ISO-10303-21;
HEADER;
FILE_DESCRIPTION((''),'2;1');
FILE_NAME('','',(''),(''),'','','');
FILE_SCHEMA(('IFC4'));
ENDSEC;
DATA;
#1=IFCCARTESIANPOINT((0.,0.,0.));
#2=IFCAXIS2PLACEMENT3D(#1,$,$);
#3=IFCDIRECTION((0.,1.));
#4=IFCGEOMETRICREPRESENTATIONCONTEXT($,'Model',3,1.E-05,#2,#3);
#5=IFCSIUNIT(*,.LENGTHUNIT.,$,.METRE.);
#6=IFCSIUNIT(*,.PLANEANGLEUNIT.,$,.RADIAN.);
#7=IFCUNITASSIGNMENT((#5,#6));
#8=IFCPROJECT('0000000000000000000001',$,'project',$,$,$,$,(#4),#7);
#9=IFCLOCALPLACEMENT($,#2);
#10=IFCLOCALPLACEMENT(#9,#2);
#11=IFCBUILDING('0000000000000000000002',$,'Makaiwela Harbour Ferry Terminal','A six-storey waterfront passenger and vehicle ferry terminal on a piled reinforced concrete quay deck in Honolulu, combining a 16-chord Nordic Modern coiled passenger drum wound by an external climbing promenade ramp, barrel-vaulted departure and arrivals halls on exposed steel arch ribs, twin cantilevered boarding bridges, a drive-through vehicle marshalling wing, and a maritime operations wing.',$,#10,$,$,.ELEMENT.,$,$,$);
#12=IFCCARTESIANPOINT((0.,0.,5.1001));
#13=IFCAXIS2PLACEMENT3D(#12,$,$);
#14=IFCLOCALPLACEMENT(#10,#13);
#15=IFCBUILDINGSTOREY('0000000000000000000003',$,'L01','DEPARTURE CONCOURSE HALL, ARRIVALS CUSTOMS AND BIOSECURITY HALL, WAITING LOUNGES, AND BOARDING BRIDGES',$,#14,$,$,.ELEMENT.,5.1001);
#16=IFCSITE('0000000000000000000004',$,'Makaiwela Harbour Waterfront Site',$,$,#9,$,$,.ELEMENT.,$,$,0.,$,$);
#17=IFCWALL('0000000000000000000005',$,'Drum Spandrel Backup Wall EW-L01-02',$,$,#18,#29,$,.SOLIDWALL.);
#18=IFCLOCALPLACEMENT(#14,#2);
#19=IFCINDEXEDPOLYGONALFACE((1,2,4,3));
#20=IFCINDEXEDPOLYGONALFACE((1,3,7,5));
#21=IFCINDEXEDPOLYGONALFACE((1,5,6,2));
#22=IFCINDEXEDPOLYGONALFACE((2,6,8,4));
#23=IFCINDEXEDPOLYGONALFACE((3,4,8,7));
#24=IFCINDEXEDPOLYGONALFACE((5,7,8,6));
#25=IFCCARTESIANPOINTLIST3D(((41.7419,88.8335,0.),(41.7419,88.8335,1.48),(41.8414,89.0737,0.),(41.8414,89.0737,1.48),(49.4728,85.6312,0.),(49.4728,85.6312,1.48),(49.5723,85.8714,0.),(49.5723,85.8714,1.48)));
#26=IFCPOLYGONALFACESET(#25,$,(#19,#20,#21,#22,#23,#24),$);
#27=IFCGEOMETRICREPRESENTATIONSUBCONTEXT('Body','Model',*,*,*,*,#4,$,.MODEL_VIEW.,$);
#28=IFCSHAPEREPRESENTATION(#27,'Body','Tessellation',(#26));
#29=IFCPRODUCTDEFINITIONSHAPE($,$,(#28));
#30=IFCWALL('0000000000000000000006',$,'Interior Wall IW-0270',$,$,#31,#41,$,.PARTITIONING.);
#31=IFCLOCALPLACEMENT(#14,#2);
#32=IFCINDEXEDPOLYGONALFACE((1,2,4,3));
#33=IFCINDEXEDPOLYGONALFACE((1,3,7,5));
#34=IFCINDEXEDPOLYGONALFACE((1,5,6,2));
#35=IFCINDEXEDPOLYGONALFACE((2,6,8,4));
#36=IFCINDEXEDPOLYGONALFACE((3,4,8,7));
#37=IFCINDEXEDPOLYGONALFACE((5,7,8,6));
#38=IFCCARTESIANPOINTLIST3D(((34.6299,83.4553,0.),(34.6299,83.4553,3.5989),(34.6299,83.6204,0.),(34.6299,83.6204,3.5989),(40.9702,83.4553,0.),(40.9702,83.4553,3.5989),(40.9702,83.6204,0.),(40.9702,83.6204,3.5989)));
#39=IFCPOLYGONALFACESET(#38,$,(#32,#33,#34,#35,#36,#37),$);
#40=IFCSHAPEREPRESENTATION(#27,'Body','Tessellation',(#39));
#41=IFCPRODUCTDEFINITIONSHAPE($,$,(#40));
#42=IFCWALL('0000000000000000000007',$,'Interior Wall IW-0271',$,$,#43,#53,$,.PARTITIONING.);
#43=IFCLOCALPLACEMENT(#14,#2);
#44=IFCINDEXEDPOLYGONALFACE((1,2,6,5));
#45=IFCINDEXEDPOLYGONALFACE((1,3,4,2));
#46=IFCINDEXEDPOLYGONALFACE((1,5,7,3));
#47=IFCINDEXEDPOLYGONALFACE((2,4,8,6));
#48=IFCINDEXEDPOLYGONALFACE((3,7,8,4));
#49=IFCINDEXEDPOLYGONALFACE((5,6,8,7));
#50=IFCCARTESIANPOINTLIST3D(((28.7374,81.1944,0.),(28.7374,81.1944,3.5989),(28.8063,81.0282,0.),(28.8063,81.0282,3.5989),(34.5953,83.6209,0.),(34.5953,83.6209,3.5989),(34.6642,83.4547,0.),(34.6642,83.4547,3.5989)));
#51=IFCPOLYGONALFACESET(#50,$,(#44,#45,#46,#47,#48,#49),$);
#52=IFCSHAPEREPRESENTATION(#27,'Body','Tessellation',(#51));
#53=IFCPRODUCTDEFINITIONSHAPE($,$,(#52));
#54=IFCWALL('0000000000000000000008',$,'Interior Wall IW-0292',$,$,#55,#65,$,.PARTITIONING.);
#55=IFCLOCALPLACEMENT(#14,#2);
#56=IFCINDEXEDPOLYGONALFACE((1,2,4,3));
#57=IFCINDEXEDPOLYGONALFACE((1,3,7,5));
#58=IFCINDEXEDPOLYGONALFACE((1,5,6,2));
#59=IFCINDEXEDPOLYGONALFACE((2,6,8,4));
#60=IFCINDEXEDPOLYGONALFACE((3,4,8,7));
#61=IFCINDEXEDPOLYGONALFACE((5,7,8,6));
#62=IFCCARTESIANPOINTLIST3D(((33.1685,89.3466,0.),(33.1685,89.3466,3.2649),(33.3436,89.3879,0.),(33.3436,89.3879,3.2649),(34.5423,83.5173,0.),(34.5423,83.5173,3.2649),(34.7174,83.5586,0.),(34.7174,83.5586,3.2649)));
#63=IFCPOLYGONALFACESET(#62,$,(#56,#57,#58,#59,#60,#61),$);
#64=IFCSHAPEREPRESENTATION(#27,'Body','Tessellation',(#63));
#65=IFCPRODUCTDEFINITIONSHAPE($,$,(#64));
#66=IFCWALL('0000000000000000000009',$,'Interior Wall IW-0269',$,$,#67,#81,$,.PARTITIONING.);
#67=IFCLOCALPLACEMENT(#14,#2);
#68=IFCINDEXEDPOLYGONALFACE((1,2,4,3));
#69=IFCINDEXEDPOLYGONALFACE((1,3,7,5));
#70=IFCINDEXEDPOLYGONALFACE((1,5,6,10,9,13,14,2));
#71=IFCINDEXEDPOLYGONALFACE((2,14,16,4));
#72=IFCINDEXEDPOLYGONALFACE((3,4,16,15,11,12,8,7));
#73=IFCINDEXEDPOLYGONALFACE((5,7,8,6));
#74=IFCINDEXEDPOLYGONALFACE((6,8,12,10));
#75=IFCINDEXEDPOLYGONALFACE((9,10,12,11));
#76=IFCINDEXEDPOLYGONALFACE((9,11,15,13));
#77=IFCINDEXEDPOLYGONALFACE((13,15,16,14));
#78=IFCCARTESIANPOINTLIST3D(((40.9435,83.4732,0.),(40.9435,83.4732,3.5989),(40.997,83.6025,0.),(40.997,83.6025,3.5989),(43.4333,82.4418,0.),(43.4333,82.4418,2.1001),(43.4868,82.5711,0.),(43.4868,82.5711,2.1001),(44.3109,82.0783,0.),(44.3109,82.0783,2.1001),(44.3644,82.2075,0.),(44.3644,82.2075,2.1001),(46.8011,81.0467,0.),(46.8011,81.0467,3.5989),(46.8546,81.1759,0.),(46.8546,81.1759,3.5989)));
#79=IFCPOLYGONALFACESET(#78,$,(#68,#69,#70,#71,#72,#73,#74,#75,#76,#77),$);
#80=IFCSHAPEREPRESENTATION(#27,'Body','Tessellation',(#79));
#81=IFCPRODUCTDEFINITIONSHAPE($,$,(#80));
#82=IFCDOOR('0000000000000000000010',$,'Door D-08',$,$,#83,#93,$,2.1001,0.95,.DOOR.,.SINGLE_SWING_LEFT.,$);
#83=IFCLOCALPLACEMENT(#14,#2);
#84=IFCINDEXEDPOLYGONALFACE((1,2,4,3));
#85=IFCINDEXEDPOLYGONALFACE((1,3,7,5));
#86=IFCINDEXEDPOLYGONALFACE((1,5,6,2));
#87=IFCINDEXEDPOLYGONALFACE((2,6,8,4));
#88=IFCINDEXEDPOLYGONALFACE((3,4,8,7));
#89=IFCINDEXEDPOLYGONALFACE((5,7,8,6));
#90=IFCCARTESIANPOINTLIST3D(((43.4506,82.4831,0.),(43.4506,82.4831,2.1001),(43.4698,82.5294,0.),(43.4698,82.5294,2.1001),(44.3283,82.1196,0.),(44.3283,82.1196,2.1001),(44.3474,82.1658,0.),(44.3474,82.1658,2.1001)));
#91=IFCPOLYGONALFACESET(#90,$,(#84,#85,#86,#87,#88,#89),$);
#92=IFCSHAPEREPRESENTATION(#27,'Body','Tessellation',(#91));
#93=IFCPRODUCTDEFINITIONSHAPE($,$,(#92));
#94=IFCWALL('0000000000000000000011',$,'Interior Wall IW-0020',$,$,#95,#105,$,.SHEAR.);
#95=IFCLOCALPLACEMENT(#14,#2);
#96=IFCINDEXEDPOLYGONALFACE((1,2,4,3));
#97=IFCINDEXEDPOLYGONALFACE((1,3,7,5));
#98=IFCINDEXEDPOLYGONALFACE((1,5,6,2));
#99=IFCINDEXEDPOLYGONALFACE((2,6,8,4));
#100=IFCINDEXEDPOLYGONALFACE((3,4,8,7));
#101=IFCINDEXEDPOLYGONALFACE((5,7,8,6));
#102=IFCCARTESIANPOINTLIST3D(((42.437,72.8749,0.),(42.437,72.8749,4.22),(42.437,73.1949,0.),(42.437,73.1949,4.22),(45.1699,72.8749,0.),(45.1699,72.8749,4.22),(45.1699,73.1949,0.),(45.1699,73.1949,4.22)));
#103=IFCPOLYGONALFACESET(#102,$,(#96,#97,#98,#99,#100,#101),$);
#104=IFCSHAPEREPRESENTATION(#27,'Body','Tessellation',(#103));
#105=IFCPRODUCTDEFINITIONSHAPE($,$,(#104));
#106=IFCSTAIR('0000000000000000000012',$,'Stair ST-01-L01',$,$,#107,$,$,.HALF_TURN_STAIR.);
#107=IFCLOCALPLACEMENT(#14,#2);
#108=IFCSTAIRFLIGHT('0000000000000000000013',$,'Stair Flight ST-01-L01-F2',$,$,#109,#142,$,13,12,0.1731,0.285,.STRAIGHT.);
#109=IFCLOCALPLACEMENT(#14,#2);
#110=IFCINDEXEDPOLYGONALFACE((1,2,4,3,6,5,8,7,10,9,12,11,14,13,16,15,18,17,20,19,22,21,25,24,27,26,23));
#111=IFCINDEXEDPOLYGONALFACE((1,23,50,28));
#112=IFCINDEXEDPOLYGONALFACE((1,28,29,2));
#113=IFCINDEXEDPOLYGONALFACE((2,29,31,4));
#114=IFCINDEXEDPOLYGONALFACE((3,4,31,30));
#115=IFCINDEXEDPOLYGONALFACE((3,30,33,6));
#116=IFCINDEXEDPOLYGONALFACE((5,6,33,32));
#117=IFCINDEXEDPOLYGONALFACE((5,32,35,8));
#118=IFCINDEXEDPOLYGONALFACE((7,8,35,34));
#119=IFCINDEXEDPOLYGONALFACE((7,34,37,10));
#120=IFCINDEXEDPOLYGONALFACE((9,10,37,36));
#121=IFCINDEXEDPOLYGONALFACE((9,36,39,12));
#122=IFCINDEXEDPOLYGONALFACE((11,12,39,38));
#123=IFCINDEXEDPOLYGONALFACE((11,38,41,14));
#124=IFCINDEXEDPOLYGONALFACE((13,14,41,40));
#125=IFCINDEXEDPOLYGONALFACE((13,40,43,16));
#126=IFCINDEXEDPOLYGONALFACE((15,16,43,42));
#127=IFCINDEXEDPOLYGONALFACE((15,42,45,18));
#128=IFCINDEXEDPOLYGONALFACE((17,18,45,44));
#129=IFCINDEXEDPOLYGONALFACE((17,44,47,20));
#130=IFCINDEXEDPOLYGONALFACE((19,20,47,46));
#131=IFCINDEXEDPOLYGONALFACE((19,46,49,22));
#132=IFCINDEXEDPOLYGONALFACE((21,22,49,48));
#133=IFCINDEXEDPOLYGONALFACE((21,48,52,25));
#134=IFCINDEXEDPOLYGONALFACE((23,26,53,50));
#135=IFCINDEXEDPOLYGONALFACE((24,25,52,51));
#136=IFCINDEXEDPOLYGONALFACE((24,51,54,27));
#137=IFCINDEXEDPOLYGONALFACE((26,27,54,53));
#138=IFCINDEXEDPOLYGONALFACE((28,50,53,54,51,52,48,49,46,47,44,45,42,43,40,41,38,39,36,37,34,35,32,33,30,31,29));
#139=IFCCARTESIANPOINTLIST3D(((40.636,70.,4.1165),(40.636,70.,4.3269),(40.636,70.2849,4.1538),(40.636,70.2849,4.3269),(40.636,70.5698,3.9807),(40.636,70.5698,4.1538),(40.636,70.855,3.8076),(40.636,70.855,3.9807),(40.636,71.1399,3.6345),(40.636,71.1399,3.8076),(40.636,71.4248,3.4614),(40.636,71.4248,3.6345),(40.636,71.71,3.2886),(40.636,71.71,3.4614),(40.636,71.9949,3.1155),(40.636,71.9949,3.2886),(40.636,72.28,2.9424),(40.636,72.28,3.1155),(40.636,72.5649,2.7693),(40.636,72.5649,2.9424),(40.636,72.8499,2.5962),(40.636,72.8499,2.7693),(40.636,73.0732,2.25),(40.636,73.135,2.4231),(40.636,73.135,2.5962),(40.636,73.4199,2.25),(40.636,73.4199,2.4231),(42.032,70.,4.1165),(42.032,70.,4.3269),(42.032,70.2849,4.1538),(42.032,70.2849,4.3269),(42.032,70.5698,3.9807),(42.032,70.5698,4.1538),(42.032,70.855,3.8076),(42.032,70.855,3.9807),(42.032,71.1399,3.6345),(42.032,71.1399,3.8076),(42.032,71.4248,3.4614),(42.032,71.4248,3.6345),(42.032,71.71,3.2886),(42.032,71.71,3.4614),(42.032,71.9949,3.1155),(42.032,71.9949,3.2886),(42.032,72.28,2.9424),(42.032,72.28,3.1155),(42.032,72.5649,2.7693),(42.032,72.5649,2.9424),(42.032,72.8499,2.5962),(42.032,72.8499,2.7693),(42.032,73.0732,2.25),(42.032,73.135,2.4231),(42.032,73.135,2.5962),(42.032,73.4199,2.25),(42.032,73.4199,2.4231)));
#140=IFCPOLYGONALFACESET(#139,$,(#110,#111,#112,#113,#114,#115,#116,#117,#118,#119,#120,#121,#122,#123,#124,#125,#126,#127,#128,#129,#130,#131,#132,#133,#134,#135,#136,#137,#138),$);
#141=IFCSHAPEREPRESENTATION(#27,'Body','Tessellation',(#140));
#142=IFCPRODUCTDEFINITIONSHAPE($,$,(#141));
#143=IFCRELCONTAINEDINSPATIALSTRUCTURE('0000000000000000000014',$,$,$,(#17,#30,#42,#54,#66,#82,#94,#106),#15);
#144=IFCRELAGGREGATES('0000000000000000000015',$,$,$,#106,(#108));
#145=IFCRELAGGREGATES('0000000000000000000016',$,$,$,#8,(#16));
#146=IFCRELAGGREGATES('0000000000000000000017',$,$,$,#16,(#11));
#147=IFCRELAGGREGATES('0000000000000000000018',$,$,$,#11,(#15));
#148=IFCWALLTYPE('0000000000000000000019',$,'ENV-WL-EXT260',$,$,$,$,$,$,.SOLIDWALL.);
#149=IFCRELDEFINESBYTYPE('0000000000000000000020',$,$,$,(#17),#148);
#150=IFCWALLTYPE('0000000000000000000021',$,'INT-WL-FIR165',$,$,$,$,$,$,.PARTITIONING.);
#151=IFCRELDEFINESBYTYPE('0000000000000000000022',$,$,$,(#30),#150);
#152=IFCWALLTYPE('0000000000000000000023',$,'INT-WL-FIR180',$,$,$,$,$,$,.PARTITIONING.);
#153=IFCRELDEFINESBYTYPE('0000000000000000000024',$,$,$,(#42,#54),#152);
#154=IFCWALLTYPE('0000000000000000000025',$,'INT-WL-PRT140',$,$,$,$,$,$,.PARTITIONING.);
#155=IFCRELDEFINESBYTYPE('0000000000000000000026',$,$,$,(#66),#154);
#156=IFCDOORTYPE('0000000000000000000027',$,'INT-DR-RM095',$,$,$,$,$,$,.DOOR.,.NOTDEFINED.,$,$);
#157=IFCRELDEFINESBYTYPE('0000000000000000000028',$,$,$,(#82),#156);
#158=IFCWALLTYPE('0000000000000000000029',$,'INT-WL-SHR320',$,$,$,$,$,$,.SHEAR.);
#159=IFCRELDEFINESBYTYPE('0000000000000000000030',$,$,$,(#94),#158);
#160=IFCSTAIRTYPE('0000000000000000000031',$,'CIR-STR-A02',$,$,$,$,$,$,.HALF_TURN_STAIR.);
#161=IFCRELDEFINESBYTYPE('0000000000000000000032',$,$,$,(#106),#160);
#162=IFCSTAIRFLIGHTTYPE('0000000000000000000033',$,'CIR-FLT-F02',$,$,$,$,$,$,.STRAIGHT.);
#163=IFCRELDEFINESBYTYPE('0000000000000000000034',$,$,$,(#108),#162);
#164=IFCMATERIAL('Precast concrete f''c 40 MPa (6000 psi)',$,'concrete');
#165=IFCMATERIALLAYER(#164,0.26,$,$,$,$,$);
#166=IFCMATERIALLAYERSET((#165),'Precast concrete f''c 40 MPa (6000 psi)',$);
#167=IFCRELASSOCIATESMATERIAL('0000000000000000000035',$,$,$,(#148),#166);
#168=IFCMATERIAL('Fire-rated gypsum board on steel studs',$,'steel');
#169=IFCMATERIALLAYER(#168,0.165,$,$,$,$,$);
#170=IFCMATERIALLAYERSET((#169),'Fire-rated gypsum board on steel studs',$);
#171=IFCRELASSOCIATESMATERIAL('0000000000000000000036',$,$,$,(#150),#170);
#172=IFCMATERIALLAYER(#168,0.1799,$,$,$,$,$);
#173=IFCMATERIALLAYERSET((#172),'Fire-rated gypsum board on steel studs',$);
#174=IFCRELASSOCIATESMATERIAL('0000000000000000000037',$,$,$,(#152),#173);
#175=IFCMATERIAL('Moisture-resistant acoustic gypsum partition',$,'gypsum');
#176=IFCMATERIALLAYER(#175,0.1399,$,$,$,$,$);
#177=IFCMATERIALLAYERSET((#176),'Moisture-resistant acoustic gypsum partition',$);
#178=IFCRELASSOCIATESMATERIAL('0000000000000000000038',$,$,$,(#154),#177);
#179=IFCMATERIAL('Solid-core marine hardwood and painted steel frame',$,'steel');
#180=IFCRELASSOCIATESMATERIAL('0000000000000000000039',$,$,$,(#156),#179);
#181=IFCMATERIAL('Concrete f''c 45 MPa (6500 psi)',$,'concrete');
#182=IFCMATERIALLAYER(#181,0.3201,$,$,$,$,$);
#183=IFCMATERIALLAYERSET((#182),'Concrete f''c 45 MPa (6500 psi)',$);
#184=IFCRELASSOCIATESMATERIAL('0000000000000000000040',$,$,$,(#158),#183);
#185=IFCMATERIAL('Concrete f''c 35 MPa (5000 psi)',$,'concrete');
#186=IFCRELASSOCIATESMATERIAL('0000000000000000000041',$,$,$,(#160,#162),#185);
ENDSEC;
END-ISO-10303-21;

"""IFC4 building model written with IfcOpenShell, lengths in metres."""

from ifc_helpers import new_model, si_unit, direction, frame, frame_2d, origin, place, context, subcontext, project, spatial, polyline, rectangle, outline, extrude, material, layer, layer_set, type_object, element, fill, aggregate, save


model = new_model("IFC4")

# Units and contexts
model_context = context("Model", 3, precision=1e-05, world=origin(), true_north=direction((0.0, 1.0)))
body_context = subcontext(model_context, "Body", "Model", "MODEL_VIEW")
ifc_project = project(units=[si_unit("LENGTHUNIT", "METRE"), si_unit("PLANEANGLEUNIT", "RADIAN")], contexts=[model_context])

# Site, building, storey
site_placement = place(None, origin())
site = spatial("IfcSite", under=ifc_project, at=site_placement, Name="Makaiwela Harbour Waterfront Site", CompositionType="ELEMENT", RefElevation=0.0)
building_placement = place(site_placement, origin())
building = spatial("IfcBuilding", under=site, at=building_placement, Name="Makaiwela Harbour Ferry Terminal", Description="A six-storey waterfront passenger and vehicle ferry terminal on a piled reinforced concrete quay deck in Honolulu, combining a 16-chord Nordic Modern coiled passenger drum wound by an external climbing promenade ramp, barrel-vaulted departure and arrivals halls on exposed steel arch ribs, twin cantilevered boarding bridges, a drive-through vehicle marshalling wing, and a maritime operations wing.", CompositionType="ELEMENT")
storey_placement = place(building_placement, frame((0.0, 0.0, 5.1001)))
storey = spatial("IfcBuildingStorey", under=building, at=storey_placement, Name="L01", Description="DEPARTURE CONCOURSE HALL, ARRIVALS CUSTOMS AND BIOSECURITY HALL, WAITING LOUNGES, AND BOARDING BRIDGES", CompositionType="ELEMENT", Elevation=5.1001)

# Walls
ifc_material_1 = material(Name="Precast concrete f'c 40 MPa (6000 psi)", Category="concrete")
ifc_layer_1 = layer(ifc_material_1, 0.26)
ifc_layer_set_1 = layer_set([ifc_layer_1], Name="Precast concrete f'c 40 MPa (6000 psi)")
wall_type_1 = type_object("IfcWallType", Name="ENV-WL-EXT260", PredefinedType="SOLIDWALL", material=ifc_layer_set_1)
wall_1_placement = place(storey_placement, frame((49.5227, 85.7512, 0.0), z_axis=(0.0, 0.0, 1.0), x_axis=(-0.923874, 0.382696, 0.0)))
element("IfcWall", 1, at=wall_1_placement, inside=storey, type_object=wall_type_1, Name="Drum Spandrel Backup Wall EW-L01-02", PredefinedType="SOLIDWALL", context=body_context, shape_type="SweptSolid", body=[
    extrude(rectangle(XDim=8.3679, YDim=0.26, at=frame_2d((4.1841, 0.0))), origin(), (0.0, 0.0, 1.0), 1.48),
])
ifc_material_2 = material(Name="Fire-rated gypsum board on steel studs", Category="steel")
ifc_layer_2 = layer(ifc_material_2, 0.165)
ifc_layer_set_2 = layer_set([ifc_layer_2], Name="Fire-rated gypsum board on steel studs")
wall_type_2 = type_object("IfcWallType", Name="INT-WL-FIR165", PredefinedType="PARTITIONING", material=ifc_layer_set_2)
wall_2_placement = place(storey_placement, frame((40.9702, 83.5378, 0.0), z_axis=(0.0, 0.0, 1.0), x_axis=(-1.0, 0.0, 0.0)))
element("IfcWall", 2, at=wall_2_placement, inside=storey, type_object=wall_type_2, Name="Interior Wall IW-0270", PredefinedType="PARTITIONING", context=body_context, shape_type="SweptSolid", body=[
    extrude(rectangle(XDim=6.3403, YDim=0.165, at=frame_2d((3.1702, 0.0))), origin(), (0.0, 0.0, 1.0), 3.5989),
])
ifc_layer_3 = layer(ifc_material_2, 0.1799)
ifc_layer_set_3 = layer_set([ifc_layer_3], Name="Fire-rated gypsum board on steel studs")
wall_type_3 = type_object("IfcWallType", Name="INT-WL-FIR180", PredefinedType="PARTITIONING", material=ifc_layer_set_3)
wall_3_placement = place(storey_placement, frame((34.6299, 83.5378, 0.0), z_axis=(0.0, 0.0, 1.0), x_axis=(-0.923875, -0.382695, 0.0)))
element("IfcWall", 3, at=wall_3_placement, inside=storey, type_object=wall_type_3, Name="Interior Wall IW-0271", PredefinedType="PARTITIONING", context=body_context, shape_type="SweptSolid", body=[
    extrude(rectangle(XDim=6.3406, YDim=0.1799, at=frame_2d((3.1704, 0.0))), origin(), (0.0, 0.0, 1.0), 3.5989),
])
wall_4_placement = place(storey_placement, frame((34.6299, 83.5378, 0.0), z_axis=(0.0, 0.0, 1.0), x_axis=(-0.229382, 0.973336, 0.0)))
element("IfcWall", 4, at=wall_4_placement, inside=storey, type_object=wall_type_3, Name="Interior Wall IW-0292", PredefinedType="PARTITIONING", context=body_context, shape_type="SweptSolid", body=[
    extrude(rectangle(XDim=5.989, YDim=0.1799, at=frame_2d((2.9946, 0.0))), origin(), (0.0, 0.0, 1.0), 3.2649),
])

# Wall, opening, door
ifc_material_3 = material(Name="Moisture-resistant acoustic gypsum partition", Category="gypsum")
ifc_layer_4 = layer(ifc_material_3, 0.1399)
ifc_layer_set_4 = layer_set([ifc_layer_4], Name="Moisture-resistant acoustic gypsum partition")
wall_type_4 = type_object("IfcWallType", Name="INT-WL-PRT140", PredefinedType="PARTITIONING", material=ifc_layer_set_4)
wall_5_placement = place(storey_placement, frame((46.8279, 81.1113, 0.0), z_axis=(0.0, 0.0, 1.0), x_axis=(-0.923869, 0.382709, 0.0)))
wall_5 = element("IfcWall", 5, at=wall_5_placement, inside=storey, type_object=wall_type_4, Name="Interior Wall IW-0269", PredefinedType="PARTITIONING", context=body_context, shape_type="SweptSolid", body=[
    extrude(rectangle(XDim=6.3403, YDim=0.1399, at=frame_2d((3.1702, 0.0))), origin(), (0.0, 0.0, 1.0), 3.5989),
])
opening_1_placement = place(wall_5_placement, frame((2.6953, 0.0, 0.0)))
opening_1 = element("IfcOpeningElement", 6, at=opening_1_placement, cuts=wall_5, PredefinedType="OPENING", context=body_context, shape_type="SweptSolid", body=[
    extrude(rectangle(XDim=0.95, YDim=2.1001, at=frame_2d((0.4751, 1.05))), frame((0.0, 0.0798, 0.0), z_axis=(0.0, -1.0, 0.0), x_axis=(1.0, 0.0, 0.0)), (0.0, 0.0, 1.0), 0.1599),
])
ifc_material_4 = material(Name="Solid-core marine hardwood and painted steel frame", Category="steel")
door_type_1 = type_object("IfcDoorType", Name="INT-DR-RM095", OperationType="NOTDEFINED", PredefinedType="DOOR", material=ifc_material_4)
door_1_placement = place(opening_1_placement, frame((0.95, 0.0, 0.0), z_axis=(0.0, 0.0, 1.0), x_axis=(-1.0, 0.0, 0.0)))
door_1 = element("IfcDoor", 7, at=door_1_placement, inside=storey, type_object=door_type_1, Name="Door D-08", OperationType="SINGLE_SWING_LEFT", OverallHeight=2.1001, OverallWidth=0.95, PredefinedType="DOOR", context=body_context, shape_type="SweptSolid", body=[
    extrude(rectangle(XDim=0.95, YDim=2.1001, at=frame_2d((0.4751, 1.05))), frame((0.0, 0.0249, 0.0), z_axis=(0.0, -1.0, 0.0), x_axis=(1.0, 0.0, 0.0)), (0.0, 0.0, 1.0), 0.05),
])
fill(opening_1, door_1)

# Wall
ifc_material_5 = material(Name="Concrete f'c 45 MPa (6500 psi)", Category="concrete")
ifc_layer_5 = layer(ifc_material_5, 0.3201)
ifc_layer_set_5 = layer_set([ifc_layer_5], Name="Concrete f'c 45 MPa (6500 psi)")
wall_type_5 = type_object("IfcWallType", Name="INT-WL-SHR320", PredefinedType="SHEAR", material=ifc_layer_set_5)
wall_6_placement = place(storey_placement, frame((42.437, 73.0349, 0.0), z_axis=(0.0, 0.0, 1.0), x_axis=(1.0, 0.0, 0.0)))
element("IfcWall", 8, at=wall_6_placement, inside=storey, type_object=wall_type_5, Name="Interior Wall IW-0020", PredefinedType="SHEAR", context=body_context, shape_type="SweptSolid", body=[
    extrude(rectangle(XDim=2.7329, YDim=0.3201, at=frame_2d((1.3665, 0.0))), origin(), (0.0, 0.0, 1.0), 4.22),
])

# Stair, stair flight
ifc_material_6 = material(Name="Concrete f'c 35 MPa (5000 psi)", Category="concrete")
stair_type = type_object("IfcStairType", Name="CIR-STR-A02", PredefinedType="HALF_TURN_STAIR", material=ifc_material_6)
stair_placement = place(storey_placement, origin())
stair = element("IfcStair", 9, at=stair_placement, inside=storey, type_object=stair_type, Name="Stair ST-01-L01", PredefinedType="HALF_TURN_STAIR")
stair_flight_type = type_object("IfcStairFlightType", Name="CIR-FLT-F02", PredefinedType="STRAIGHT", material=ifc_material_6)
stair_flight_placement = place(storey_placement, frame((41.334, 73.4199, 2.25), z_axis=(0.0, 0.0, 1.0), x_axis=(0.0, -1.0, 0.0)))
stair_flight = element("IfcStairFlight", 10, at=stair_flight_placement, type_object=stair_flight_type, Name="Stair Flight ST-01-L01-F2", NumberOfRisers=13, NumberOfTreads=12, PredefinedType="STRAIGHT", RiserHeight=0.1731, TreadLength=0.285, context=body_context, shape_type="SweptSolid", body=[
    extrude(outline(polyline([(0.0, 0.0), (0.0, 0.1731), (0.2849, 0.1731), (0.2849, 0.3462), (0.5701, 0.3462), (0.5701, 0.5193), (0.855, 0.5193), (0.855, 0.6924), (1.1399, 0.6924), (1.1399, 0.8655), (1.425, 0.8655), (1.425, 1.0386), (1.71, 1.0386), (1.71, 1.2114), (1.9951, 1.2114), (1.9951, 1.3845), (2.28, 1.3845), (2.28, 1.5576), (2.5649, 1.5576), (2.5649, 1.7307), (2.8501, 1.7307), (2.8501, 1.9038), (3.135, 1.9038), (3.135, 2.0769), (3.4199, 2.0769), (3.4199, 2.25), (3.4199, 1.8665), (0.3467, 0.0), (0.0, 0.0)])), frame((0.0, 0.698, 0.0), z_axis=(0.0, -1.0, 0.0), x_axis=(1.0, 0.0, 0.0)), (0.0, 0.0, 1.0), 1.396),
])
aggregate(stair, [stair_flight])

save(model, "model.ifc")
